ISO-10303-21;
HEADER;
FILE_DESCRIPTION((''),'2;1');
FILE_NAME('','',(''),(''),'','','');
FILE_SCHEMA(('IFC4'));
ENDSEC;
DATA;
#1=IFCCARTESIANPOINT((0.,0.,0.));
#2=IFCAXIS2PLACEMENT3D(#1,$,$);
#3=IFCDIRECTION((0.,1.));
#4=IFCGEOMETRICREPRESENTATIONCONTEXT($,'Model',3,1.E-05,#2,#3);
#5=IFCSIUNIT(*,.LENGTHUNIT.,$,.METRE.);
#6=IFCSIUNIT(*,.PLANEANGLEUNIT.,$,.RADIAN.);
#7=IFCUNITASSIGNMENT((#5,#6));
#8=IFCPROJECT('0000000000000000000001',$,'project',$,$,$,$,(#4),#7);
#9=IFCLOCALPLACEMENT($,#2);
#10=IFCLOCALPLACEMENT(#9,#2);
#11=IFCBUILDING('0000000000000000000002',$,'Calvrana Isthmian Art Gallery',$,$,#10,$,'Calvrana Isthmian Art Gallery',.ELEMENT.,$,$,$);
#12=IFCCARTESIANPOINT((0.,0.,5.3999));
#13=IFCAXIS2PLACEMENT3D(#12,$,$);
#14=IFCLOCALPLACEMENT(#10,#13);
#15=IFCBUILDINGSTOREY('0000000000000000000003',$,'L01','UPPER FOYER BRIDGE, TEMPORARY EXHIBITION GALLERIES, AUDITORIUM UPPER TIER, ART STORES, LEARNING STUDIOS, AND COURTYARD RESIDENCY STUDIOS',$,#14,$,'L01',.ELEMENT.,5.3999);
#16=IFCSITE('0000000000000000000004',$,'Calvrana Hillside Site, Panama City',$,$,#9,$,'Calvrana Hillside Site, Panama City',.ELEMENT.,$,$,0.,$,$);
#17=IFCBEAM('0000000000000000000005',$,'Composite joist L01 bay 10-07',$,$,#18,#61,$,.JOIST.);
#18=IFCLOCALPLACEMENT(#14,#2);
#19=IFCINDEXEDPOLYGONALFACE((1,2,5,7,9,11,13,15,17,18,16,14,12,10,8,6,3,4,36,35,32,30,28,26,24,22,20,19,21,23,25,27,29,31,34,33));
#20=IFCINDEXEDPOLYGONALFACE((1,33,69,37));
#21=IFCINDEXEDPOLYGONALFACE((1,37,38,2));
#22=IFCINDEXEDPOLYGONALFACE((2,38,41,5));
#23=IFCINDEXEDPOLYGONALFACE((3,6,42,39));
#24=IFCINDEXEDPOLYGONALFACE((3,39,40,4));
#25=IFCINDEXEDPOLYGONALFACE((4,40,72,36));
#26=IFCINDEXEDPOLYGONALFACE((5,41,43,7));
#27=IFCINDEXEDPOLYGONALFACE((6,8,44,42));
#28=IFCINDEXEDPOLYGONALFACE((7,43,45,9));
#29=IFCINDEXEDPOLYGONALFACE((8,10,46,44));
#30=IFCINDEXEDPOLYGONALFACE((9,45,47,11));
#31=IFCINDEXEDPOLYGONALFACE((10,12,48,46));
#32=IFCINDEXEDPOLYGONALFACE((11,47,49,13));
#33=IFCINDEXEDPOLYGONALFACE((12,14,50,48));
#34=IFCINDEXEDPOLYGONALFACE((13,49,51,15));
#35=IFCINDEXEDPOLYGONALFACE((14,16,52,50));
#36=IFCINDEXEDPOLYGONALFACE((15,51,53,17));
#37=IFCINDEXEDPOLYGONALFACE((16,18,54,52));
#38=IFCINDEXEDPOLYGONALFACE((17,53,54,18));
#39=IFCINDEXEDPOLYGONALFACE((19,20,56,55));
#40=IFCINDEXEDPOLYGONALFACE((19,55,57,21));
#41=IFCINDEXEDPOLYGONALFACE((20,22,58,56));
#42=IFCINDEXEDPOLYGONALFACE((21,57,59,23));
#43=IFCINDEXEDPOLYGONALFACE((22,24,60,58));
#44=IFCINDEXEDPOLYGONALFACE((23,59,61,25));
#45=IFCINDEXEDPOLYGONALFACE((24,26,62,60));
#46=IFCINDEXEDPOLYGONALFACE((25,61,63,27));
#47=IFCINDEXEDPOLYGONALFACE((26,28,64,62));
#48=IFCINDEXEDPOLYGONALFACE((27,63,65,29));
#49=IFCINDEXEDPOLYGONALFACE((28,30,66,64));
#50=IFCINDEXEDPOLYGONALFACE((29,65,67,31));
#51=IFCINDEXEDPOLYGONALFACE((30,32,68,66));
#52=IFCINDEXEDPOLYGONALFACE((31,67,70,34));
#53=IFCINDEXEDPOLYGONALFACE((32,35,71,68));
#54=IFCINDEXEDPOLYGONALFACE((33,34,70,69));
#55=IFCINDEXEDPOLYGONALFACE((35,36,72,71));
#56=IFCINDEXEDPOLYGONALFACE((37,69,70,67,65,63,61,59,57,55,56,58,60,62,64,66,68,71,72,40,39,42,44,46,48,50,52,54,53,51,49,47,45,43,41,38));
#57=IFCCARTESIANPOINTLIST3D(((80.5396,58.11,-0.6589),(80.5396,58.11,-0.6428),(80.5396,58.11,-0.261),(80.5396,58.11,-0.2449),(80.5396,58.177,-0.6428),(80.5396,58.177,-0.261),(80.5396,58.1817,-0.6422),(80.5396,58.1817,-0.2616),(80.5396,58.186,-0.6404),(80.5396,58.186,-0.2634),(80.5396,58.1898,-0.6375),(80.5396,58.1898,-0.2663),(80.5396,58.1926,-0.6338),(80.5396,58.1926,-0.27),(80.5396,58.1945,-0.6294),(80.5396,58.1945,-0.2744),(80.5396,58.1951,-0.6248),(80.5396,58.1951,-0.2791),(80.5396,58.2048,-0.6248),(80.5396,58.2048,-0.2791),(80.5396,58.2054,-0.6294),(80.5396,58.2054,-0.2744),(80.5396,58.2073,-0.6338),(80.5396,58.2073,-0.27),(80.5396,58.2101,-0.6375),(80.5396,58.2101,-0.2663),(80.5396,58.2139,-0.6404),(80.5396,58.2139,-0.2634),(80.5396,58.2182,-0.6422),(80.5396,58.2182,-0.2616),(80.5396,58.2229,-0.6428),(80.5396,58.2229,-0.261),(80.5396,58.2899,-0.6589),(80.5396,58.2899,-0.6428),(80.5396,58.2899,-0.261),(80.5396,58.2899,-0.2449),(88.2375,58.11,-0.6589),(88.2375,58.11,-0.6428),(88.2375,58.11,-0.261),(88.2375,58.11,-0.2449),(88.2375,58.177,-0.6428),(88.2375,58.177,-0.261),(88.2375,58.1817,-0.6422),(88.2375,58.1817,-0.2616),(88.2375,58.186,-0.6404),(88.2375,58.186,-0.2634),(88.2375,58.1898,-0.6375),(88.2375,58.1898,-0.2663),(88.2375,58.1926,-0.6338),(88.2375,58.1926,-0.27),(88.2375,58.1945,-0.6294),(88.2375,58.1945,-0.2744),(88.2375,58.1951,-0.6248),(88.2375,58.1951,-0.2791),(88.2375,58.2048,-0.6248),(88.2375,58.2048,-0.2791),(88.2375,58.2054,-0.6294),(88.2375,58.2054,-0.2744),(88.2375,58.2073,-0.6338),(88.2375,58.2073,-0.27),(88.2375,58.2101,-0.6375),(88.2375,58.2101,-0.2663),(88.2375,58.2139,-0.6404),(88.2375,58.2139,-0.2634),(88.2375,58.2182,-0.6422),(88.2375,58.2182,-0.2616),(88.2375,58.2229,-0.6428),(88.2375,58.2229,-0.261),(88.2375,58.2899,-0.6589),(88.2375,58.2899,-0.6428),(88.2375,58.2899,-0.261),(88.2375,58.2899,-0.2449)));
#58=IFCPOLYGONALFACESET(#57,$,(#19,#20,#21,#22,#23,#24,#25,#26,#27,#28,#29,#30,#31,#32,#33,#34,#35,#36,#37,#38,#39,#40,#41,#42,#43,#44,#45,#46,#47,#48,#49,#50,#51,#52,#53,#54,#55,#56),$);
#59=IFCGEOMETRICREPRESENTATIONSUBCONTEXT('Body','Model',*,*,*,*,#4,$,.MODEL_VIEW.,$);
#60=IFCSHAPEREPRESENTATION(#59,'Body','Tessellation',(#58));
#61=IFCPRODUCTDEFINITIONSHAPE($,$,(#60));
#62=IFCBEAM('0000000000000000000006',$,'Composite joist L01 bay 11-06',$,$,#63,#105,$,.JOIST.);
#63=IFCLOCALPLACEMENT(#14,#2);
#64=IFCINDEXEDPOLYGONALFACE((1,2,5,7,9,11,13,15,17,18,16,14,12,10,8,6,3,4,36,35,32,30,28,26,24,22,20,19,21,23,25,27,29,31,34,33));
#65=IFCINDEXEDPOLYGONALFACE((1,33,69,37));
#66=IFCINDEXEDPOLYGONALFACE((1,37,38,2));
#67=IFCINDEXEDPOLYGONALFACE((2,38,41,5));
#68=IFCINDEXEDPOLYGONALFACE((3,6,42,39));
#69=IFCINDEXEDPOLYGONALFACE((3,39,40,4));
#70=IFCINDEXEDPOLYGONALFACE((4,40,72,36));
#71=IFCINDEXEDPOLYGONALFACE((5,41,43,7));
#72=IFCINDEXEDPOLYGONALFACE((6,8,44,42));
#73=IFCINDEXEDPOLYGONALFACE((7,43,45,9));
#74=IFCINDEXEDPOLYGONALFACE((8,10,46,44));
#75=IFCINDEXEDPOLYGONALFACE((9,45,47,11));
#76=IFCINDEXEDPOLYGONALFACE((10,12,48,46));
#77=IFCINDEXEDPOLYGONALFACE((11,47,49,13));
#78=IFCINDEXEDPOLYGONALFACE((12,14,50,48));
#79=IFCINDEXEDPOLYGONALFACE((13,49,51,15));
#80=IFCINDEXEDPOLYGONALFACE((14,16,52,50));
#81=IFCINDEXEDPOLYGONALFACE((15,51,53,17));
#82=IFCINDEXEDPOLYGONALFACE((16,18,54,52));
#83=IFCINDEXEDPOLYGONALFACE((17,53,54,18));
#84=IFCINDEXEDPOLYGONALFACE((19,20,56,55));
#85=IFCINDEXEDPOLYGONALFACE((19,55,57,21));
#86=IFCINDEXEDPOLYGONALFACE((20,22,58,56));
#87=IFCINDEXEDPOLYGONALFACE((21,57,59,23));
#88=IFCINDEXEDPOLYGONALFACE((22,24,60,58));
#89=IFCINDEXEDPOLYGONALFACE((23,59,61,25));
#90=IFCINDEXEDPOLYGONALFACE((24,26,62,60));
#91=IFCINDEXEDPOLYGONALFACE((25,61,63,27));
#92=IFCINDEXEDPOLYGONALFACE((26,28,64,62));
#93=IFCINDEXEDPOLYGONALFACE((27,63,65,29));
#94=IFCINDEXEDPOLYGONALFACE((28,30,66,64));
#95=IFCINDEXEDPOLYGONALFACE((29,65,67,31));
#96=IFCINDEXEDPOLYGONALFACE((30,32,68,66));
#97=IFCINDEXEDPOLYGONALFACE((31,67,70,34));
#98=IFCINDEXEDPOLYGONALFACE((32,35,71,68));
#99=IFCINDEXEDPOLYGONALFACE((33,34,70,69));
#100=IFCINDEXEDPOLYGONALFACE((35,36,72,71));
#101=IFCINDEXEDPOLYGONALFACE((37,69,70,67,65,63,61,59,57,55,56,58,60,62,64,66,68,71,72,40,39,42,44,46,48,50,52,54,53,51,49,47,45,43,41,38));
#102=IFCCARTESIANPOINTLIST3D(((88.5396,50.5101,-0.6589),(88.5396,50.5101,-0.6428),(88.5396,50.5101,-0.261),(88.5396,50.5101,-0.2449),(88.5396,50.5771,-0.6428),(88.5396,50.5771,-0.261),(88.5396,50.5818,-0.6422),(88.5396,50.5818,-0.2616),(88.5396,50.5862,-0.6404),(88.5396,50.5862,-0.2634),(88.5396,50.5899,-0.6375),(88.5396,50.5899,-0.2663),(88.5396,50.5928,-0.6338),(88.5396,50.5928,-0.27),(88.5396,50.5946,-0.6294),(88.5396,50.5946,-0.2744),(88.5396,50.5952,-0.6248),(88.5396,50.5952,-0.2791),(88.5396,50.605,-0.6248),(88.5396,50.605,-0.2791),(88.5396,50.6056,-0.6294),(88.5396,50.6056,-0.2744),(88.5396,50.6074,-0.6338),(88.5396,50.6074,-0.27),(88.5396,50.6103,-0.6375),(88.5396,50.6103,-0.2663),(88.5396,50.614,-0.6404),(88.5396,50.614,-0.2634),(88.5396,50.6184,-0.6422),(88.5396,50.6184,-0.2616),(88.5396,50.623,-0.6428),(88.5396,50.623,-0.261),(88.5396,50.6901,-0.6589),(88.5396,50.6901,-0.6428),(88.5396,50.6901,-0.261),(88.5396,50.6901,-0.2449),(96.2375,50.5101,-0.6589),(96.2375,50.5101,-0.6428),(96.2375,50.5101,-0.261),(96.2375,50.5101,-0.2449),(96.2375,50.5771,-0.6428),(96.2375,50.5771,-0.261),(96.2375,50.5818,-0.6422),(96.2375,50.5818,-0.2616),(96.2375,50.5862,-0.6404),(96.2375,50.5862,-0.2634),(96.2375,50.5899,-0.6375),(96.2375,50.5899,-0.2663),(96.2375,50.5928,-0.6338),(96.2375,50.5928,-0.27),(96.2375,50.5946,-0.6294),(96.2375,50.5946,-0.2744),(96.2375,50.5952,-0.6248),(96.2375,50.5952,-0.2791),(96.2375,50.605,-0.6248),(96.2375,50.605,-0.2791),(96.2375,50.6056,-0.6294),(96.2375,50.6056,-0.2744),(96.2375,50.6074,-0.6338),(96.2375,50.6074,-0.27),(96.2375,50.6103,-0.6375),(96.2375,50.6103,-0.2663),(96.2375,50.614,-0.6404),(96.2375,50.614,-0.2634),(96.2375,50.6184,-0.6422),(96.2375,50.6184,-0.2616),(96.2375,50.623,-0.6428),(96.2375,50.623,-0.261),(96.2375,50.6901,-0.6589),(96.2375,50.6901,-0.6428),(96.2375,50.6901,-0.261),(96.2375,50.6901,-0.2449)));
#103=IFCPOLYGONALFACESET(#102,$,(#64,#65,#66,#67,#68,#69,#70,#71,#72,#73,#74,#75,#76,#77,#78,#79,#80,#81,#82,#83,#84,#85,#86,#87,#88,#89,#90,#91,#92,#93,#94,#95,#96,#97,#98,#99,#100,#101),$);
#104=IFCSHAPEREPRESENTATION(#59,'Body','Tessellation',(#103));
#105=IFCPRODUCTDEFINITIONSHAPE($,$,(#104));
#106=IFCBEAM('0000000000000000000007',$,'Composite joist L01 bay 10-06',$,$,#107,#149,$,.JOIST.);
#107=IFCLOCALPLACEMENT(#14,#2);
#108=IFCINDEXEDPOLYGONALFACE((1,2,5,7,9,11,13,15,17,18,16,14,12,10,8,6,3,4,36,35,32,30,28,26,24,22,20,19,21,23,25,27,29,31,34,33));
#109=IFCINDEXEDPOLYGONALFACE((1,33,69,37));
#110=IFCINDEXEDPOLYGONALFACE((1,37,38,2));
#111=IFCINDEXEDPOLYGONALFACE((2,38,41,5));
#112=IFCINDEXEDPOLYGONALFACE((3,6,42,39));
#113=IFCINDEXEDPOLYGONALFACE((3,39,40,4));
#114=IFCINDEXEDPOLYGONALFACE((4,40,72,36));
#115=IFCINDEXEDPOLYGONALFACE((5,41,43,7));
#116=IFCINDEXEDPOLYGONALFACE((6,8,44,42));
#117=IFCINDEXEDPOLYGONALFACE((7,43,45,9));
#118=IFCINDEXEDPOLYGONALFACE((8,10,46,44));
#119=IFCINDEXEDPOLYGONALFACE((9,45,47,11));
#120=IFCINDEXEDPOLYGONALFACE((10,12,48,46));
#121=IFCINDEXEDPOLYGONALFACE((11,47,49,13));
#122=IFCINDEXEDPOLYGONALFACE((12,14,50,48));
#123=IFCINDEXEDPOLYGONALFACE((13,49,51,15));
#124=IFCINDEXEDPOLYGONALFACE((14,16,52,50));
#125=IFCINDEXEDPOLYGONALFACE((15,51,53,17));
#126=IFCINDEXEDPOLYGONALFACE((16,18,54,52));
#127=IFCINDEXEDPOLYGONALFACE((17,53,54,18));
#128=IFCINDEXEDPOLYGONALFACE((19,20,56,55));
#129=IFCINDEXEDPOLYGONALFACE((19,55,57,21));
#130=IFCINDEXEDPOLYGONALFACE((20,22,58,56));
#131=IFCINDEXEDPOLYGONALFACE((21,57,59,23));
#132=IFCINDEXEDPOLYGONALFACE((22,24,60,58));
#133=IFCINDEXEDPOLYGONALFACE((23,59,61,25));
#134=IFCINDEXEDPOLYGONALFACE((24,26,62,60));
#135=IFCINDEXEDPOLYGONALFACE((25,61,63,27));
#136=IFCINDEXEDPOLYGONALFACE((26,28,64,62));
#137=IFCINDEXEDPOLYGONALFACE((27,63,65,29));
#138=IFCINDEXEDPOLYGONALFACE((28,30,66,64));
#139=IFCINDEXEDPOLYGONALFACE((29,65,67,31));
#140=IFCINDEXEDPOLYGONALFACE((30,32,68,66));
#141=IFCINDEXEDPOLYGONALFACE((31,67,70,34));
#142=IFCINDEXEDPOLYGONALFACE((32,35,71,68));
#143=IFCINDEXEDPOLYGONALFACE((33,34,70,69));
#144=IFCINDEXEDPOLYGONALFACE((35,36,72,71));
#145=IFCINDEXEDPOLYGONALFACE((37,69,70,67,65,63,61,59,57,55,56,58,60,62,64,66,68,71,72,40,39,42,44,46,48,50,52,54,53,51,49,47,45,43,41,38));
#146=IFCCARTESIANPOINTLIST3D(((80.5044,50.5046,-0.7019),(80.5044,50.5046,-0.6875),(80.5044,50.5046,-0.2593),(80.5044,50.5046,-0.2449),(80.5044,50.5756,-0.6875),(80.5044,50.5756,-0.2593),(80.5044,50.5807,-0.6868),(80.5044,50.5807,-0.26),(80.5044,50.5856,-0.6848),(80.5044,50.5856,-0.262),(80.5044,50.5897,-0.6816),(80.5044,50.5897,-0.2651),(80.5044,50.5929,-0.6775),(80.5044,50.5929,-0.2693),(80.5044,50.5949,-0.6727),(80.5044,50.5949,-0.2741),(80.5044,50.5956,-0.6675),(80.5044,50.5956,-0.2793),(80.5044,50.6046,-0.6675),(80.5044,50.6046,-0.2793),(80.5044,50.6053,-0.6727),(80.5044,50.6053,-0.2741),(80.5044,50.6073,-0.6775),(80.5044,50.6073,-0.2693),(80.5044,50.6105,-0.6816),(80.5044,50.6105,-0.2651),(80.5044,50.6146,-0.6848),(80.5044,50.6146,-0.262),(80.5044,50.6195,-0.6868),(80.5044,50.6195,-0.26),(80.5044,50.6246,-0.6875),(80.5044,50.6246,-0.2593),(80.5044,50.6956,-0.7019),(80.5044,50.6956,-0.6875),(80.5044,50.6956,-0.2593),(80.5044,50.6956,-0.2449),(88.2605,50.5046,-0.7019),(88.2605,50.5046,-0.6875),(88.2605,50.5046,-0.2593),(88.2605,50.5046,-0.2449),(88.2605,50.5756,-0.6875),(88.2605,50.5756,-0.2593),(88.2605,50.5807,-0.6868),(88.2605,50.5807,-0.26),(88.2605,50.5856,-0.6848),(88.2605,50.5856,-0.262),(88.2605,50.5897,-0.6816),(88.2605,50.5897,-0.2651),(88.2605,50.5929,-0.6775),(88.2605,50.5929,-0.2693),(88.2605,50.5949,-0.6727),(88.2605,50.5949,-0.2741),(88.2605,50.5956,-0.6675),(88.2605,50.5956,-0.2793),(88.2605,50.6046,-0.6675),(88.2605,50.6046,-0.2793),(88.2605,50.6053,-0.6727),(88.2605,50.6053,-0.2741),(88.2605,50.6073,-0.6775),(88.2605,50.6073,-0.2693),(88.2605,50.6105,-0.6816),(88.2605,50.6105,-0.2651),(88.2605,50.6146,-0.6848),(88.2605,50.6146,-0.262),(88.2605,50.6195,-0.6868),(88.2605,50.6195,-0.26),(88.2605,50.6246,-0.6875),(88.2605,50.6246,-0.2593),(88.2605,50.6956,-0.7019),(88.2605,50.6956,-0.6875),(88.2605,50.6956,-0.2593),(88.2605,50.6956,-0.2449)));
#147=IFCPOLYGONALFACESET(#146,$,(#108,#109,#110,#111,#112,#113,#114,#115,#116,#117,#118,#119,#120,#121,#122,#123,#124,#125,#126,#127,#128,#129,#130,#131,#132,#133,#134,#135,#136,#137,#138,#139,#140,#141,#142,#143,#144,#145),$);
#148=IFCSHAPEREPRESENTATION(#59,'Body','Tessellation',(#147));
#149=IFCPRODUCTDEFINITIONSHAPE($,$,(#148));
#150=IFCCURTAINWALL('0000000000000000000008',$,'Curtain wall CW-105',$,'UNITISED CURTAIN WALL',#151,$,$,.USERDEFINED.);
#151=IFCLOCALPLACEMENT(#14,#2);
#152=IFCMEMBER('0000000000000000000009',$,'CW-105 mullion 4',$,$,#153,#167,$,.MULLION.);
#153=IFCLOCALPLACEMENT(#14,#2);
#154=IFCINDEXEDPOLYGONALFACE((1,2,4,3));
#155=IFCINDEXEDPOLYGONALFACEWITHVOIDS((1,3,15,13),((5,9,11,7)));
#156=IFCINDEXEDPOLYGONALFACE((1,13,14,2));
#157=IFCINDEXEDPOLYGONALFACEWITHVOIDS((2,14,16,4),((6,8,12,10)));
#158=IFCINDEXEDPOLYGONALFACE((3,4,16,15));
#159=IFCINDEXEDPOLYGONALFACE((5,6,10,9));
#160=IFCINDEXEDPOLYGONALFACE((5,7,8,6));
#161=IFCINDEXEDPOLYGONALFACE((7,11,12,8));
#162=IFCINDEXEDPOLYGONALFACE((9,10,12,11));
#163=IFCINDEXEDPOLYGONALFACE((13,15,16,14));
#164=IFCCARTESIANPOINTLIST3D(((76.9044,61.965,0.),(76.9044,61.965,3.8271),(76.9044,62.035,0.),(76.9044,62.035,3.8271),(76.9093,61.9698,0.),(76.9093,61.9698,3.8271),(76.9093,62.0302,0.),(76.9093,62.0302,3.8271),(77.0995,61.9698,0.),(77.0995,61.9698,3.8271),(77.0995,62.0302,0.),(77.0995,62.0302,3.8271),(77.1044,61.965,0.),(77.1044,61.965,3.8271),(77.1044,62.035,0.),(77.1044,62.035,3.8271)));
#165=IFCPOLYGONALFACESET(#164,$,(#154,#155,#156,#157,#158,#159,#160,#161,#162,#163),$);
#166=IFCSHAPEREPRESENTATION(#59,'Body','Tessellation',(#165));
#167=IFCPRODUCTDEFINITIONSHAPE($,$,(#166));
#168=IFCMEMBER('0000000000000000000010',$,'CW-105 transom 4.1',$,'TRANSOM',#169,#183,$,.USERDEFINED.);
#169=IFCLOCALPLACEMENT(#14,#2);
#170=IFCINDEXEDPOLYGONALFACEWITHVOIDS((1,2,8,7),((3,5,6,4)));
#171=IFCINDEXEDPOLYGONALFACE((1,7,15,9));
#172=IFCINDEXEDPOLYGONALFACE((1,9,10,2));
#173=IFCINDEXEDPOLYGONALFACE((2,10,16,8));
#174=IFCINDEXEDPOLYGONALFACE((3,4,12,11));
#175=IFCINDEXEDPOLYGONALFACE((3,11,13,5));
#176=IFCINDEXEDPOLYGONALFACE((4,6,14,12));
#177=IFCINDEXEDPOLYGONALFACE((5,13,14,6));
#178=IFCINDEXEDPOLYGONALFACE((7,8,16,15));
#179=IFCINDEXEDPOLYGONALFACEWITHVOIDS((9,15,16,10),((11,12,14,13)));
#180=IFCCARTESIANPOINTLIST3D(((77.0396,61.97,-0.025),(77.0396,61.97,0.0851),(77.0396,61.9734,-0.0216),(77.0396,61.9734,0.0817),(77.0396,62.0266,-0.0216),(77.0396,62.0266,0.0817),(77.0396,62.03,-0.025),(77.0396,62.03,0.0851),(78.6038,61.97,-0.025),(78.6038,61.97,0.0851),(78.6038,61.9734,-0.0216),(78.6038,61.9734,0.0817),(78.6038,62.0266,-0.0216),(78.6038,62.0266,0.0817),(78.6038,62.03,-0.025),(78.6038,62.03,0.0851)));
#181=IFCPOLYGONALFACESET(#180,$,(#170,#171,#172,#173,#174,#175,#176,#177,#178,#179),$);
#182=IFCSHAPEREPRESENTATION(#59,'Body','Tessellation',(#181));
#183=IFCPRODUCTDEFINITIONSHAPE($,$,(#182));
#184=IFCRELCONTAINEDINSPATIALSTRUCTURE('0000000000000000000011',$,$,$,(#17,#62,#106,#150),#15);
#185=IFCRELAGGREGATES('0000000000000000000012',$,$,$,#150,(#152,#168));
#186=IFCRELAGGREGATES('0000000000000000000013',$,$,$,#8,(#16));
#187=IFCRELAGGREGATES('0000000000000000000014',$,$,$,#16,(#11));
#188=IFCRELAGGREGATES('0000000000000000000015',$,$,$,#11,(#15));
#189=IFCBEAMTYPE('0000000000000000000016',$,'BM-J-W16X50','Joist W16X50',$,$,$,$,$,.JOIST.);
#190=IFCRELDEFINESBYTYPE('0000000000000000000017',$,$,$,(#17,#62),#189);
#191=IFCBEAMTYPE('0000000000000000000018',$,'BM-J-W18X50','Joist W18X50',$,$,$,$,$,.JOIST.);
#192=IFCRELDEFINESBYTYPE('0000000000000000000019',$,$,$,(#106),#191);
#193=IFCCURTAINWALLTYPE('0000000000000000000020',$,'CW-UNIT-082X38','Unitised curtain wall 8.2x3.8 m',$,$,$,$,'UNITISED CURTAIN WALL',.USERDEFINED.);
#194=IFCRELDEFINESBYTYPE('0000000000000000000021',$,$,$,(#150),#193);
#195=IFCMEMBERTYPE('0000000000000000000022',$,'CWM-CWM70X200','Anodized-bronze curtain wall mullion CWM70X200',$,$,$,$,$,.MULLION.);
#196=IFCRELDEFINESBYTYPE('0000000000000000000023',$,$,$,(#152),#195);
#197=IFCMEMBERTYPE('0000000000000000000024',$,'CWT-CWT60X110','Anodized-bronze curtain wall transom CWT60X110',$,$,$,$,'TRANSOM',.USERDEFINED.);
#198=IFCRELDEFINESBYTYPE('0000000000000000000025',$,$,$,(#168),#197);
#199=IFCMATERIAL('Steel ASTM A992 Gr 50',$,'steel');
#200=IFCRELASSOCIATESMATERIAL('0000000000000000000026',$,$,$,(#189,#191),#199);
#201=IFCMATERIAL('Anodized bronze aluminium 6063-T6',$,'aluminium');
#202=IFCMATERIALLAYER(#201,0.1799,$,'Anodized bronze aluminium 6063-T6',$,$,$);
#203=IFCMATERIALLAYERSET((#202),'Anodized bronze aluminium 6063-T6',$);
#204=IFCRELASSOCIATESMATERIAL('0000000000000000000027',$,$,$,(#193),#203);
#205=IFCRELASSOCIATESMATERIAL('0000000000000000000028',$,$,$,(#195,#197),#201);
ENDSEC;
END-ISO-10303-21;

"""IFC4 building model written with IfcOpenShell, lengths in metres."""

from ifc_helpers import new_model, si_unit, direction, frame, origin, origin_2d, place, context, subcontext, project, spatial, hollow_rectangle, i_section, extrude, material, layer, layer_set, material_profile, profile_set, type_object, element, aggregate, save


model = new_model("IFC4")

# Units and contexts
model_context = context("Model", 3, precision=1e-05, world=origin(), true_north=direction((0.0, 1.0)))
body_context = subcontext(model_context, "Body", "Model", "MODEL_VIEW")
ifc_project = project(units=[si_unit("LENGTHUNIT", "METRE"), si_unit("PLANEANGLEUNIT", "RADIAN")], contexts=[model_context])

# Site, building, storey
site_placement = place(None, origin())
site = spatial("IfcSite", under=ifc_project, at=site_placement, Name="Calvrana Hillside Site, Panama City", LongName="Calvrana Hillside Site, Panama City", CompositionType="ELEMENT", RefElevation=0.0)
building_placement = place(site_placement, origin())
building = spatial("IfcBuilding", under=site, at=building_placement, Name="Calvrana Isthmian Art Gallery", LongName="Calvrana Isthmian Art Gallery", CompositionType="ELEMENT")
storey_placement = place(building_placement, frame((0.0, 0.0, 5.3999)))
storey = spatial("IfcBuildingStorey", under=building, at=storey_placement, Name="L01", Description="UPPER FOYER BRIDGE, TEMPORARY EXHIBITION GALLERIES, AUDITORIUM UPPER TIER, ART STORES, LEARNING STUDIOS, AND COURTYARD RESIDENCY STUDIOS", LongName="L01", CompositionType="ELEMENT", Elevation=5.3999)

# Beams
ifc_material_1 = material(Name="Steel ASTM A992 Gr 50", Category="steel")
ifc_material_profile_1 = material_profile(ifc_material_1, i_section(OverallWidth=0.1799, OverallDepth=0.4141, WebThickness=0.0098, FlangeThickness=0.0161, FilletRadius=0.0181, at=origin_2d()), Name="W16X50")
ifc_profile_set_1 = profile_set([ifc_material_profile_1], Name="Steel ASTM A992 Gr 50")
beam_type_1 = type_object("IfcBeamType", Name="BM-J-W16X50", Description="Joist W16X50", PredefinedType="JOIST", material=ifc_profile_set_1)
for number, where, z_axis, x_axis, name in (
    (1, (80.5396, 58.2, -0.4519), (1.0, 0.0, 0.0), (0.0, 1.0, 0.0), "Composite joist L01 bay 10-07"),
    (2, (88.5396, 50.6001, -0.4519), (1.0, 0.0, 0.0), (0.0, 1.0, 0.0), "Composite joist L01 bay 11-06"),
):
    element("IfcBeam", number, at=place(storey_placement, frame(where, z_axis=z_axis, x_axis=x_axis)), inside=storey, type_object=beam_type_1, Name=name, PredefinedType="JOIST", context=body_context, shape_type="SweptSolid", body=[
        extrude(i_section(OverallWidth=0.1799, OverallDepth=0.4141, WebThickness=0.0098, FlangeThickness=0.0161, FilletRadius=0.0181, at=origin_2d()), origin(), (0.0, 0.0, 1.0), 7.698),
    ])
ifc_material_profile_2 = material_profile(ifc_material_1, i_section(OverallWidth=0.1909, OverallDepth=0.457, WebThickness=0.009, FlangeThickness=0.0144, FilletRadius=0.02, at=origin_2d()), Name="W18X50")
ifc_profile_set_2 = profile_set([ifc_material_profile_2], Name="Steel ASTM A992 Gr 50")
beam_type_2 = type_object("IfcBeamType", Name="BM-J-W18X50", Description="Joist W18X50", PredefinedType="JOIST", material=ifc_profile_set_2)
beam_1_placement = place(storey_placement, frame((80.5044, 50.6001, -0.4734), z_axis=(1.0, 0.0, 0.0), x_axis=(0.0, 1.0, 0.0)))
element("IfcBeam", 3, at=beam_1_placement, inside=storey, type_object=beam_type_2, Name="Composite joist L01 bay 10-06", PredefinedType="JOIST", context=body_context, shape_type="SweptSolid", body=[
    extrude(i_section(OverallWidth=0.1909, OverallDepth=0.457, WebThickness=0.009, FlangeThickness=0.0144, FilletRadius=0.02, at=origin_2d()), origin(), (0.0, 0.0, 1.0), 7.7561),
])

# Curtain wall, members
ifc_material_2 = material(Name="Anodized bronze aluminium 6063-T6", Category="aluminium")
ifc_layer_1 = layer(ifc_material_2, 0.1799, Name="Anodized bronze aluminium 6063-T6")
ifc_layer_set_1 = layer_set([ifc_layer_1], Name="Anodized bronze aluminium 6063-T6")
curtain_wall_type = type_object("IfcCurtainWallType", Name="CW-UNIT-082X38", Description="Unitised curtain wall 8.2x3.8 m", ElementType="UNITISED CURTAIN WALL", PredefinedType="USERDEFINED", material=ifc_layer_set_1)
curtain_wall_placement = place(storey_placement, origin())
curtain_wall = element("IfcCurtainWall", 4, at=curtain_wall_placement, inside=storey, type_object=curtain_wall_type, Name="Curtain wall CW-105", ObjectType="UNITISED CURTAIN WALL", PredefinedType="USERDEFINED")
ifc_material_profile_3 = material_profile(ifc_material_2, hollow_rectangle(XDim=0.0701, YDim=0.2, WallThickness=0.0049, at=origin_2d()), Name="CWM70X200")
ifc_profile_set_3 = profile_set([ifc_material_profile_3], Name="Anodized bronze aluminium 6063-T6")
member_type_1 = type_object("IfcMemberType", Name="CWM-CWM70X200", Description="Anodized-bronze curtain wall mullion CWM70X200", PredefinedType="MULLION", material=ifc_profile_set_3)
member_1_placement = place(storey_placement, frame((77.0044, 62.0, 0.0), z_axis=(0.0, 0.0, 1.0), x_axis=(0.0, 1.0, 0.0)))
member_1 = element("IfcMember", 5, at=member_1_placement, type_object=member_type_1, Name="CW-105 mullion 4", PredefinedType="MULLION", context=body_context, shape_type="SweptSolid", body=[
    extrude(hollow_rectangle(XDim=0.0701, YDim=0.2, WallThickness=0.0049, at=origin_2d()), origin(), (0.0, 0.0, 1.0), 3.8271),
])
ifc_material_profile_4 = material_profile(ifc_material_2, hollow_rectangle(XDim=0.0601, YDim=0.1101, WallThickness=0.0034, at=origin_2d()), Name="CWT60X110")
ifc_profile_set_4 = profile_set([ifc_material_profile_4], Name="Anodized bronze aluminium 6063-T6")
member_type_2 = type_object("IfcMemberType", Name="CWT-CWT60X110", Description="Anodized-bronze curtain wall transom CWT60X110", ElementType="TRANSOM", PredefinedType="USERDEFINED", material=ifc_profile_set_4)
member_2_placement = place(storey_placement, frame((77.0396, 62.0, 0.03), z_axis=(1.0, 0.0, 0.0), x_axis=(0.0, 1.0, 0.0)))
member_2 = element("IfcMember", 6, at=member_2_placement, type_object=member_type_2, Name="CW-105 transom 4.1", ObjectType="TRANSOM", PredefinedType="USERDEFINED", context=body_context, shape_type="SweptSolid", body=[
    extrude(hollow_rectangle(XDim=0.0601, YDim=0.1101, WallThickness=0.0034, at=origin_2d()), origin(), (0.0, 0.0, 1.0), 1.5642),
])
aggregate(curtain_wall, [member_1, member_2])

save(model, "model.ifc")
